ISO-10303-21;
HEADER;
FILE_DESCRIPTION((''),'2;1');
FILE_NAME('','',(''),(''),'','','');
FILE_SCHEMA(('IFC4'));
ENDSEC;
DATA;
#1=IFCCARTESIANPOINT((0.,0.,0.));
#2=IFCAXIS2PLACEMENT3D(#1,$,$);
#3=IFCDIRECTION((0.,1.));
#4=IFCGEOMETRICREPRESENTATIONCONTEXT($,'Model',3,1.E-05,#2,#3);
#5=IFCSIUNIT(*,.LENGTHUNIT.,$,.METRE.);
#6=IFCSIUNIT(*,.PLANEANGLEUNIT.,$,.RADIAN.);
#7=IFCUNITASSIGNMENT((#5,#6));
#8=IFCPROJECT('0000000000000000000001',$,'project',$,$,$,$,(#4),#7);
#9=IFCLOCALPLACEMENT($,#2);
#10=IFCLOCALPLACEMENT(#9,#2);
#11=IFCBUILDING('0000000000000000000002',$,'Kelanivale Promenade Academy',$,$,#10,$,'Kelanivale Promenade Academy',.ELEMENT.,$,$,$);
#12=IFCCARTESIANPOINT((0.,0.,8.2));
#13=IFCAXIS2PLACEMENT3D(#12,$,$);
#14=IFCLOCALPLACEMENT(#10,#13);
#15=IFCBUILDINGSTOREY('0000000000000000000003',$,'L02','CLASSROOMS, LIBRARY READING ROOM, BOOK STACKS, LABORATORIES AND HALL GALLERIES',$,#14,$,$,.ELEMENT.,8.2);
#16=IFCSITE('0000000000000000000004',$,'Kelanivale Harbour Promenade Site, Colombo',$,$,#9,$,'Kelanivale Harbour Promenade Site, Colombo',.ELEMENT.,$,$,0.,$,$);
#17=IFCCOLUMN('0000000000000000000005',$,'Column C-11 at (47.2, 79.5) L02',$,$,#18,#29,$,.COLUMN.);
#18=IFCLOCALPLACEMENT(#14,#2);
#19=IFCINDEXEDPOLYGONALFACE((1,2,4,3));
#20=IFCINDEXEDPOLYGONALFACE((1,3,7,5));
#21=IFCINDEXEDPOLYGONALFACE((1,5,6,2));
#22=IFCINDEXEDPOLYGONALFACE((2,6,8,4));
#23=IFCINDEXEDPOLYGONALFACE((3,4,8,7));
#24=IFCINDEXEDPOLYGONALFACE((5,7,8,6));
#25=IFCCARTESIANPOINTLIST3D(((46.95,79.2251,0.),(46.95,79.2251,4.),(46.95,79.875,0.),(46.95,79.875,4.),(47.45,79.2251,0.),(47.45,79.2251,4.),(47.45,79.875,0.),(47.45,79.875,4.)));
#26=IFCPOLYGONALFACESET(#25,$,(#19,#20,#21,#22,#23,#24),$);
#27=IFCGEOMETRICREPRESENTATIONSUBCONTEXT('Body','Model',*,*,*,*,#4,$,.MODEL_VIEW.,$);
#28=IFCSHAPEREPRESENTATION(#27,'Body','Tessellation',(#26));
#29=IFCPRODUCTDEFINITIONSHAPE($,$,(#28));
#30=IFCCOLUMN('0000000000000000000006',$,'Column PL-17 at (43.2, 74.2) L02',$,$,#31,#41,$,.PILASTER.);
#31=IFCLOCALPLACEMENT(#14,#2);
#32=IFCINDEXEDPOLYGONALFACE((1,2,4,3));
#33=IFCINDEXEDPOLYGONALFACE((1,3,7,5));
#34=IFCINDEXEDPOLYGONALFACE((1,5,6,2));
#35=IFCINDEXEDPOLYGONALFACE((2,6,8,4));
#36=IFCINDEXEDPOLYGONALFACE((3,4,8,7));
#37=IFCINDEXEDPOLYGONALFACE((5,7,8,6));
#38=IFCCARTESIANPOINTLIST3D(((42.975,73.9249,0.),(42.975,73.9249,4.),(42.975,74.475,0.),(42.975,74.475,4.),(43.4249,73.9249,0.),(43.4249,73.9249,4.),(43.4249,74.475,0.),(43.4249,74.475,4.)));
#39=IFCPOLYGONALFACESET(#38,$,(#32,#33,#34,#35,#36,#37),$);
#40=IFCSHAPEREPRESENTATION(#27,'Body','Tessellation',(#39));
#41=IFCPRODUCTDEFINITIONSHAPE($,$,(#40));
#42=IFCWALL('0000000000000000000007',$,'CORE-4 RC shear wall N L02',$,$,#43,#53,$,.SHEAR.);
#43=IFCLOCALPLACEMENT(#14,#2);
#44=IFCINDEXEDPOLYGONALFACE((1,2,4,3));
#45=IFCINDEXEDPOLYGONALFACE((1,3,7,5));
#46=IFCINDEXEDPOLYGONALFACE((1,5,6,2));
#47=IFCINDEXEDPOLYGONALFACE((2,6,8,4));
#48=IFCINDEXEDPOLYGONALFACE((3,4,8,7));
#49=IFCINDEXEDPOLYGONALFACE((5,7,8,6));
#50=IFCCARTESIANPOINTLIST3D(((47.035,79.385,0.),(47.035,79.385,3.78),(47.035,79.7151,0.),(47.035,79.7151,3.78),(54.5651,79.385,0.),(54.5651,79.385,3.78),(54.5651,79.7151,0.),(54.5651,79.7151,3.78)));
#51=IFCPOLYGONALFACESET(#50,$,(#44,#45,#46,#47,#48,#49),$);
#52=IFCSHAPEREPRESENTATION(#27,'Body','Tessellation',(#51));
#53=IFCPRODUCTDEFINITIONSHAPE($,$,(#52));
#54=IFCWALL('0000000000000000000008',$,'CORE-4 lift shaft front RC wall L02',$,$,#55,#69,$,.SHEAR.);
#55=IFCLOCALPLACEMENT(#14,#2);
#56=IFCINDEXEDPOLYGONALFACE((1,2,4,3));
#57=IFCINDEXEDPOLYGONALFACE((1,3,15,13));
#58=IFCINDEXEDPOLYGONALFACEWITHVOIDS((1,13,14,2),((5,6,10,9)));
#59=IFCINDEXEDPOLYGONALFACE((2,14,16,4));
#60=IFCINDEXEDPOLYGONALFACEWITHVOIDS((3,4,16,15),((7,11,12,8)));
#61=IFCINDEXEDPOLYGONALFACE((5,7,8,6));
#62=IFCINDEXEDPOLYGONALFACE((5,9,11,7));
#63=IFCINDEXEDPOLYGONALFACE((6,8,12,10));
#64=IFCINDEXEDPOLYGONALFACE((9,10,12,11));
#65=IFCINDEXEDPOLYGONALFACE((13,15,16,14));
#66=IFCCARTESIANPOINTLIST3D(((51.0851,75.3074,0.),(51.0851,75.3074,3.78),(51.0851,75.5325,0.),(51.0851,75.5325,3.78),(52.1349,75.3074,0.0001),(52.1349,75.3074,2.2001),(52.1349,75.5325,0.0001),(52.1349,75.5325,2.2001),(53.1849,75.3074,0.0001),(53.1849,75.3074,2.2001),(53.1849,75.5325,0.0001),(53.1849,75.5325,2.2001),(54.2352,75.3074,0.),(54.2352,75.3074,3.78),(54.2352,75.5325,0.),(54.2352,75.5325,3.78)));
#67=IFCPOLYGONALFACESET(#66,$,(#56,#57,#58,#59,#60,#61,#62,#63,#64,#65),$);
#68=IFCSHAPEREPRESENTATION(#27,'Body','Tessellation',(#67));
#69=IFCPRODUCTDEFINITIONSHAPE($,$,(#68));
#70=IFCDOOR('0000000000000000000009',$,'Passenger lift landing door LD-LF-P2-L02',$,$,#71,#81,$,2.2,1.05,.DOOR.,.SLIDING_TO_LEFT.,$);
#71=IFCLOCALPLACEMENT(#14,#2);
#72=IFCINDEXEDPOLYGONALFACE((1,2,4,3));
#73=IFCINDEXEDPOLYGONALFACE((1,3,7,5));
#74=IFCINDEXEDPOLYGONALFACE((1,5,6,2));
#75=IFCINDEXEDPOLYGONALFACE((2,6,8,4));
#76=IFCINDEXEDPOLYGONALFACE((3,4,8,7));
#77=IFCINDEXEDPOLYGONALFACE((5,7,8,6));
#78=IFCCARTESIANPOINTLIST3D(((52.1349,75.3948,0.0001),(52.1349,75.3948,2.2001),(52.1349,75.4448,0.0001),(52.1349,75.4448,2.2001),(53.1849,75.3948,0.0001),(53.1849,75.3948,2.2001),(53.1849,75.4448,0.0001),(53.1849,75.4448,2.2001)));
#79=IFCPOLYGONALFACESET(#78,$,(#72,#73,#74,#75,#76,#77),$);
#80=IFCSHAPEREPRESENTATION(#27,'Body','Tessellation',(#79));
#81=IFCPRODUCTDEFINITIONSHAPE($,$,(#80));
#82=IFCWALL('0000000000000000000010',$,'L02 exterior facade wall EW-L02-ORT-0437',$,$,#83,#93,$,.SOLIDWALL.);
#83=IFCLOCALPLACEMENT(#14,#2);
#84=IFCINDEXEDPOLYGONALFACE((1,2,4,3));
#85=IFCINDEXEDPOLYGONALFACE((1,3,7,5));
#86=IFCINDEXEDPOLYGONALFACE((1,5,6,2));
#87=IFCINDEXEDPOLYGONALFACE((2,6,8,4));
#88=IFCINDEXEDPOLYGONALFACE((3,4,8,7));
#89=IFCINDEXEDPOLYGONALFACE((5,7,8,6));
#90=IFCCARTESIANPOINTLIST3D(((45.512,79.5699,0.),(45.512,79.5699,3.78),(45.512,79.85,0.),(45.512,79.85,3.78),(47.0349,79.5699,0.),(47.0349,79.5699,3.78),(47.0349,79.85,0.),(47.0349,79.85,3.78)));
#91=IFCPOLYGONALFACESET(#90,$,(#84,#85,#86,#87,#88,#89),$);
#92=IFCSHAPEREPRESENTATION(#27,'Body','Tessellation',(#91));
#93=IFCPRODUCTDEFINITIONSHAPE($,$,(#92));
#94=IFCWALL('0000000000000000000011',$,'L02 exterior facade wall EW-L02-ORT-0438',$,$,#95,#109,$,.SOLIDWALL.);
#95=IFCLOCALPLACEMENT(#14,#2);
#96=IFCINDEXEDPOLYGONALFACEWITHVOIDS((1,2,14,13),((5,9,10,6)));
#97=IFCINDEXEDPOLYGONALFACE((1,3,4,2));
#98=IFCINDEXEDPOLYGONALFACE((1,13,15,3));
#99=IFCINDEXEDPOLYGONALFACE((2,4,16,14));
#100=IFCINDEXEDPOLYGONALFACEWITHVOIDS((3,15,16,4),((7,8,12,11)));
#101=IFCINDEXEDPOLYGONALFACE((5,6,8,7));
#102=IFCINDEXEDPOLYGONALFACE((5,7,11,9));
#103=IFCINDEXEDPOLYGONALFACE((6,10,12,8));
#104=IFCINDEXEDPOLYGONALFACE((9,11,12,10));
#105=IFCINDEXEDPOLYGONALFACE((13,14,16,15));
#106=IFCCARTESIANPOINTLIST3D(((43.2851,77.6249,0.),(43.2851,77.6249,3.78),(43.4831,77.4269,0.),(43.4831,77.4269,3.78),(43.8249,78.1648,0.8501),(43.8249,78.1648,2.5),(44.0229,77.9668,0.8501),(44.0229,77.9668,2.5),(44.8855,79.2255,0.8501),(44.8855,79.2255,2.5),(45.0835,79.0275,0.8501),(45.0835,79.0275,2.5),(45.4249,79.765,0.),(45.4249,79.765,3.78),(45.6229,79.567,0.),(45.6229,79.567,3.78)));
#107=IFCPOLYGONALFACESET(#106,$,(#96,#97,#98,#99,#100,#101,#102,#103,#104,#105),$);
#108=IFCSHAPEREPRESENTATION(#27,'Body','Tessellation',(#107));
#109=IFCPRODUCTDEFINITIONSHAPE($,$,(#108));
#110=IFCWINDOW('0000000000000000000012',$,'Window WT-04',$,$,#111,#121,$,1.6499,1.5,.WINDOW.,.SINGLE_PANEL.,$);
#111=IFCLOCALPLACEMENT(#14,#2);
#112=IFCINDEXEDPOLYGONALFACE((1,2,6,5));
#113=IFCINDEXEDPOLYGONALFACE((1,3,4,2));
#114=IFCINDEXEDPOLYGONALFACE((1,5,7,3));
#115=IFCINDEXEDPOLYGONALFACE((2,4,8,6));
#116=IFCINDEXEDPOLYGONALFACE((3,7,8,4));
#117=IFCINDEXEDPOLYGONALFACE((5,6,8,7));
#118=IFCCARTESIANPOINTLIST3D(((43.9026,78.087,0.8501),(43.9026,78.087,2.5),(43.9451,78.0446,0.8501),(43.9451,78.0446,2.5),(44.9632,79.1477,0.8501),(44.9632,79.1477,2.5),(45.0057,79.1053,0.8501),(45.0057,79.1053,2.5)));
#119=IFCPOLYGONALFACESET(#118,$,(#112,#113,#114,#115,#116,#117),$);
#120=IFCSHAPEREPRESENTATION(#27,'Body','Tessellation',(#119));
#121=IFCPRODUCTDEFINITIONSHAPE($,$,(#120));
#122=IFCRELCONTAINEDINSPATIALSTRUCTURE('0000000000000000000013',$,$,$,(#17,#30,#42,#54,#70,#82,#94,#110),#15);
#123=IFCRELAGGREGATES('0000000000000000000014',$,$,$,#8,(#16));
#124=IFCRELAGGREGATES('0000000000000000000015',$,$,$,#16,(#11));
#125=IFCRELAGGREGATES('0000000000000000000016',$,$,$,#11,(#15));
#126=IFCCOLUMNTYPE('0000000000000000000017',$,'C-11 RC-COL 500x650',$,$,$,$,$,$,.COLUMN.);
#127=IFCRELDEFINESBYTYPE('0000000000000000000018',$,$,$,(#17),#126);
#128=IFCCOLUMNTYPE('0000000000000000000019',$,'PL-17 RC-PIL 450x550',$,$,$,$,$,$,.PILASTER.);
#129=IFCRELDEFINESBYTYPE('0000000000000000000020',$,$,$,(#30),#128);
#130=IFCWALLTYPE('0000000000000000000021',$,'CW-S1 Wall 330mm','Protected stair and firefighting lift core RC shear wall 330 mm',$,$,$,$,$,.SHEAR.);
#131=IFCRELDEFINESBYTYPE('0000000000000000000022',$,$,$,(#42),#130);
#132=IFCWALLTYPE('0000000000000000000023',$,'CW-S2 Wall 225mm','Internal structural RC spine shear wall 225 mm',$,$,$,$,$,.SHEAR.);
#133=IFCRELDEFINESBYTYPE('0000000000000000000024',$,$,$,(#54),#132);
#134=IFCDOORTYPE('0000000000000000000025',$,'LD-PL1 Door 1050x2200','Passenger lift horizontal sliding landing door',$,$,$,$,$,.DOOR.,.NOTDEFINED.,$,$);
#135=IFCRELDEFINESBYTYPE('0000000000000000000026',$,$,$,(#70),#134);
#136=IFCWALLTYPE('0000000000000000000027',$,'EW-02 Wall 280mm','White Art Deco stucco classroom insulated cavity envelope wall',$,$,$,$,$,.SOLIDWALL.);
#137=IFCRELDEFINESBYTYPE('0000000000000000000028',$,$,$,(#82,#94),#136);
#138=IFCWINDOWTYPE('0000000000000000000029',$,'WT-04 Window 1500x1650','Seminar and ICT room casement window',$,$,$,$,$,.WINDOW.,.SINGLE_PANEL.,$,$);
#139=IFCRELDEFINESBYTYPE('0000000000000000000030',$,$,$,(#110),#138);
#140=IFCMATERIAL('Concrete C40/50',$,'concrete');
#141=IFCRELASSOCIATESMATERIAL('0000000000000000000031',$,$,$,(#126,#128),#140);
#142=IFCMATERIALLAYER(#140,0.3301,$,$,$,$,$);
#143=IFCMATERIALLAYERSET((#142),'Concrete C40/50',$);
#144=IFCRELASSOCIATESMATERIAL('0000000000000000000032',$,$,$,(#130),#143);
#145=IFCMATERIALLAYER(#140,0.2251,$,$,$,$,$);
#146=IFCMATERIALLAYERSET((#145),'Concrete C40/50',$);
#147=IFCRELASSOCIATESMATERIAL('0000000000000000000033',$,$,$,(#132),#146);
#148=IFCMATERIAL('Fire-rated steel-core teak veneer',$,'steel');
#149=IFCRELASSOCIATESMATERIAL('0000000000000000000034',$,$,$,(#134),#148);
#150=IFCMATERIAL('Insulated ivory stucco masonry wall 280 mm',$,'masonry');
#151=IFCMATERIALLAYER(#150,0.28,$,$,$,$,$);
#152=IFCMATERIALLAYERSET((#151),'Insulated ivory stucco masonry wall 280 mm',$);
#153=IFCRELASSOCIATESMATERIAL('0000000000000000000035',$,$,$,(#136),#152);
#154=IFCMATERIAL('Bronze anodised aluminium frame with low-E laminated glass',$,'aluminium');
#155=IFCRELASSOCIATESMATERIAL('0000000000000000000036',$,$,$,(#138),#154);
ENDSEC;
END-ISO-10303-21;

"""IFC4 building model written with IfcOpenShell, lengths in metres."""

from ifc_helpers import new_model, si_unit, direction, frame, frame_2d, origin, origin_2d, place, context, subcontext, project, spatial, rectangle, extrude, material, layer, layer_set, material_profile, profile_set, type_object, element, fill, save


model = new_model("IFC4")

# Units and contexts
model_context = context("Model", 3, precision=1e-05, world=origin(), true_north=direction((0.0, 1.0)))
body_context = subcontext(model_context, "Body", "Model", "MODEL_VIEW")
ifc_project = project(units=[si_unit("LENGTHUNIT", "METRE"), si_unit("PLANEANGLEUNIT", "RADIAN")], contexts=[model_context])

# Site, building, storey
site_placement = place(None, origin())
site = spatial("IfcSite", under=ifc_project, at=site_placement, Name="Kelanivale Harbour Promenade Site, Colombo", LongName="Kelanivale Harbour Promenade Site, Colombo", CompositionType="ELEMENT", RefElevation=0.0)
building_placement = place(site_placement, origin())
building = spatial("IfcBuilding", under=site, at=building_placement, Name="Kelanivale Promenade Academy", LongName="Kelanivale Promenade Academy", CompositionType="ELEMENT")
storey_placement = place(building_placement, frame((0.0, 0.0, 8.2)))
storey = spatial("IfcBuildingStorey", under=building, at=storey_placement, Name="L02", Description="CLASSROOMS, LIBRARY READING ROOM, BOOK STACKS, LABORATORIES AND HALL GALLERIES", CompositionType="ELEMENT", Elevation=8.2)

# Columns
ifc_material_1 = material(Name="Concrete C40/50", Category="concrete")
ifc_material_profile_1 = material_profile(ifc_material_1, rectangle(XDim=0.5, YDim=0.6499, at=origin_2d()), Name="RC-COL 500x650")
ifc_profile_set_1 = profile_set([ifc_material_profile_1], Name="Concrete C40/50")
column_type_1 = type_object("IfcColumnType", Name="C-11 RC-COL 500x650", PredefinedType="COLUMN", material=ifc_profile_set_1)
column_1_placement = place(storey_placement, frame((47.2, 79.55, 0.0), z_axis=(0.0, 0.0, 1.0), x_axis=(1.0, 0.0, 0.0)))
element("IfcColumn", 1, at=column_1_placement, inside=storey, type_object=column_type_1, Name="Column C-11 at (47.2, 79.5) L02", PredefinedType="COLUMN", context=body_context, shape_type="SweptSolid", body=[
    extrude(rectangle(XDim=0.5, YDim=0.6499, at=origin_2d()), origin(), (0.0, 0.0, 1.0), 4.0),
])
ifc_material_profile_2 = material_profile(ifc_material_1, rectangle(XDim=0.45, YDim=0.55, at=origin_2d()), Name="RC-PIL 450x550")
ifc_profile_set_2 = profile_set([ifc_material_profile_2], Name="Concrete C40/50")
column_type_2 = type_object("IfcColumnType", Name="PL-17 RC-PIL 450x550", PredefinedType="PILASTER", material=ifc_profile_set_2)
column_2_placement = place(storey_placement, frame((43.2, 74.2, 0.0), z_axis=(0.0, 0.0, 1.0), x_axis=(1.0, 0.0, 0.0)))
element("IfcColumn", 2, at=column_2_placement, inside=storey, type_object=column_type_2, Name="Column PL-17 at (43.2, 74.2) L02", PredefinedType="PILASTER", context=body_context, shape_type="SweptSolid", body=[
    extrude(rectangle(XDim=0.45, YDim=0.55, at=origin_2d()), origin(), (0.0, 0.0, 1.0), 4.0),
])

# Wall
ifc_layer_1 = layer(ifc_material_1, 0.3301)
ifc_layer_set_1 = layer_set([ifc_layer_1], Name="Concrete C40/50")
wall_type_1 = type_object("IfcWallType", Name="CW-S1 Wall 330mm", Description="Protected stair and firefighting lift core RC shear wall 330 mm", PredefinedType="SHEAR", material=ifc_layer_set_1)
wall_1_placement = place(storey_placement, frame((47.0349, 79.55, 0.0), z_axis=(0.0, 0.0, 1.0), x_axis=(1.0, 0.0, 0.0)))
element("IfcWall", 3, at=wall_1_placement, inside=storey, type_object=wall_type_1, Name="CORE-4 RC shear wall N L02", PredefinedType="SHEAR", context=body_context, shape_type="SweptSolid", body=[
    extrude(rectangle(XDim=7.53, YDim=0.3301, at=frame_2d((3.7651, 0.0))), origin(), (0.0, 0.0, 1.0), 3.78),
])

# Wall, opening, door
ifc_layer_2 = layer(ifc_material_1, 0.2251)
ifc_layer_set_2 = layer_set([ifc_layer_2], Name="Concrete C40/50")
wall_type_2 = type_object("IfcWallType", Name="CW-S2 Wall 225mm", Description="Internal structural RC spine shear wall 225 mm", PredefinedType="SHEAR", material=ifc_layer_set_2)
wall_2_placement = place(storey_placement, frame((51.085, 75.4199, 0.0), z_axis=(0.0, 0.0, 1.0), x_axis=(1.0, 0.0, 0.0)))
wall_2 = element("IfcWall", 4, at=wall_2_placement, inside=storey, type_object=wall_type_2, Name="CORE-4 lift shaft front RC wall L02", PredefinedType="SHEAR", context=body_context, shape_type="SweptSolid", body=[
    extrude(rectangle(XDim=3.1501, YDim=0.2251, at=frame_2d((1.5752, 0.0))), origin(), (0.0, 0.0, 1.0), 3.78),
])
opening_1_placement = place(wall_2_placement, frame((1.05, 0.0, 0.0)))
opening_1 = element("IfcOpeningElement", 5, at=opening_1_placement, cuts=wall_2, PredefinedType="OPENING", context=body_context, shape_type="SweptSolid", body=[
    extrude(rectangle(XDim=1.05, YDim=2.2, at=frame_2d((0.5249, 1.1001))), frame((0.0, 0.1226, 0.0), z_axis=(0.0, -1.0, 0.0), x_axis=(1.0, 0.0, 0.0)), (0.0, 0.0, 1.0), 0.2451),
])
ifc_material_2 = material(Name="Fire-rated steel-core teak veneer", Category="steel")
door_type_1 = type_object("IfcDoorType", Name="LD-PL1 Door 1050x2200", Description="Passenger lift horizontal sliding landing door", OperationType="NOTDEFINED", PredefinedType="DOOR", material=ifc_material_2)
door_1_placement = place(opening_1_placement, origin())
door_1 = element("IfcDoor", 6, at=door_1_placement, inside=storey, type_object=door_type_1, Name="Passenger lift landing door LD-LF-P2-L02", OperationType="SLIDING_TO_LEFT", OverallHeight=2.2, OverallWidth=1.05, PredefinedType="DOOR", context=body_context, shape_type="SweptSolid", body=[
    extrude(rectangle(XDim=1.05, YDim=2.2, at=frame_2d((0.5249, 1.1001))), frame((0.0, 0.0249, 0.0), z_axis=(0.0, -1.0, 0.0), x_axis=(1.0, 0.0, 0.0)), (0.0, 0.0, 1.0), 0.05),
])
fill(opening_1, door_1)

# Wall
ifc_material_3 = material(Name="Insulated ivory stucco masonry wall 280 mm", Category="masonry")
ifc_layer_3 = layer(ifc_material_3, 0.28)
ifc_layer_set_3 = layer_set([ifc_layer_3], Name="Insulated ivory stucco masonry wall 280 mm")
wall_type_3 = type_object("IfcWallType", Name="EW-02 Wall 280mm", Description="White Art Deco stucco classroom insulated cavity envelope wall", PredefinedType="SOLIDWALL", material=ifc_layer_set_3)
wall_3_placement = place(storey_placement, frame((47.0349, 79.71, 0.0), z_axis=(0.0, 0.0, 1.0), x_axis=(-1.0, 0.0, 0.0)))
element("IfcWall", 7, at=wall_3_placement, inside=storey, type_object=wall_type_3, Name="L02 exterior facade wall EW-L02-ORT-0437", PredefinedType="SOLIDWALL", context=body_context, shape_type="SweptSolid", body=[
    extrude(rectangle(XDim=1.5229, YDim=0.28, at=frame_2d((0.7615, 0.0))), origin(), (0.0, 0.0, 1.0), 3.78),
])

# Wall, opening, window
wall_4_placement = place(storey_placement, frame((45.5239, 79.666, 0.0), z_axis=(0.0, 0.0, 1.0), x_axis=(-0.707066, -0.707147, 0.0)))
wall_4 = element("IfcWall", 8, at=wall_4_placement, inside=storey, type_object=wall_type_3, Name="L02 exterior facade wall EW-L02-ORT-0438", PredefinedType="SOLIDWALL", context=body_context, shape_type="SweptSolid", body=[
    extrude(rectangle(XDim=3.0264, YDim=0.28, at=frame_2d((1.5132, 0.0))), origin(), (0.0, 0.0, 1.0), 3.78),
])
opening_2_placement = place(wall_4_placement, frame((0.7629, 0.0, 0.8501)))
opening_2 = element("IfcOpeningElement", 9, at=opening_2_placement, cuts=wall_4, PredefinedType="OPENING", context=body_context, shape_type="SweptSolid", body=[
    extrude(rectangle(XDim=1.5, YDim=1.6499, at=frame_2d((0.75, 0.825))), frame((0.0, 0.1499, 0.0), z_axis=(0.0, -1.0, 0.0), x_axis=(1.0, 0.0, 0.0)), (0.0, 0.0, 1.0), 0.3),
])
ifc_material_4 = material(Name="Bronze anodised aluminium frame with low-E laminated glass", Category="aluminium")
window_type_1 = type_object("IfcWindowType", Name="WT-04 Window 1500x1650", Description="Seminar and ICT room casement window", PartitioningType="SINGLE_PANEL", PredefinedType="WINDOW", material=ifc_material_4)
window_1_placement = place(opening_2_placement, origin())
window_1 = element("IfcWindow", 10, at=window_1_placement, inside=storey, type_object=window_type_1, Name="Window WT-04", OverallHeight=1.6499, OverallWidth=1.5, PartitioningType="SINGLE_PANEL", PredefinedType="WINDOW", context=body_context, shape_type="SweptSolid", body=[
    extrude(rectangle(XDim=1.5, YDim=1.6499, at=frame_2d((0.75, 0.825))), frame((0.0, 0.03, 0.0), z_axis=(0.0, -1.0, 0.0), x_axis=(1.0, 0.0, 0.0)), (0.0, 0.0, 1.0), 0.0601),
])
fill(opening_2, window_1)

save(model, "model.ifc")
